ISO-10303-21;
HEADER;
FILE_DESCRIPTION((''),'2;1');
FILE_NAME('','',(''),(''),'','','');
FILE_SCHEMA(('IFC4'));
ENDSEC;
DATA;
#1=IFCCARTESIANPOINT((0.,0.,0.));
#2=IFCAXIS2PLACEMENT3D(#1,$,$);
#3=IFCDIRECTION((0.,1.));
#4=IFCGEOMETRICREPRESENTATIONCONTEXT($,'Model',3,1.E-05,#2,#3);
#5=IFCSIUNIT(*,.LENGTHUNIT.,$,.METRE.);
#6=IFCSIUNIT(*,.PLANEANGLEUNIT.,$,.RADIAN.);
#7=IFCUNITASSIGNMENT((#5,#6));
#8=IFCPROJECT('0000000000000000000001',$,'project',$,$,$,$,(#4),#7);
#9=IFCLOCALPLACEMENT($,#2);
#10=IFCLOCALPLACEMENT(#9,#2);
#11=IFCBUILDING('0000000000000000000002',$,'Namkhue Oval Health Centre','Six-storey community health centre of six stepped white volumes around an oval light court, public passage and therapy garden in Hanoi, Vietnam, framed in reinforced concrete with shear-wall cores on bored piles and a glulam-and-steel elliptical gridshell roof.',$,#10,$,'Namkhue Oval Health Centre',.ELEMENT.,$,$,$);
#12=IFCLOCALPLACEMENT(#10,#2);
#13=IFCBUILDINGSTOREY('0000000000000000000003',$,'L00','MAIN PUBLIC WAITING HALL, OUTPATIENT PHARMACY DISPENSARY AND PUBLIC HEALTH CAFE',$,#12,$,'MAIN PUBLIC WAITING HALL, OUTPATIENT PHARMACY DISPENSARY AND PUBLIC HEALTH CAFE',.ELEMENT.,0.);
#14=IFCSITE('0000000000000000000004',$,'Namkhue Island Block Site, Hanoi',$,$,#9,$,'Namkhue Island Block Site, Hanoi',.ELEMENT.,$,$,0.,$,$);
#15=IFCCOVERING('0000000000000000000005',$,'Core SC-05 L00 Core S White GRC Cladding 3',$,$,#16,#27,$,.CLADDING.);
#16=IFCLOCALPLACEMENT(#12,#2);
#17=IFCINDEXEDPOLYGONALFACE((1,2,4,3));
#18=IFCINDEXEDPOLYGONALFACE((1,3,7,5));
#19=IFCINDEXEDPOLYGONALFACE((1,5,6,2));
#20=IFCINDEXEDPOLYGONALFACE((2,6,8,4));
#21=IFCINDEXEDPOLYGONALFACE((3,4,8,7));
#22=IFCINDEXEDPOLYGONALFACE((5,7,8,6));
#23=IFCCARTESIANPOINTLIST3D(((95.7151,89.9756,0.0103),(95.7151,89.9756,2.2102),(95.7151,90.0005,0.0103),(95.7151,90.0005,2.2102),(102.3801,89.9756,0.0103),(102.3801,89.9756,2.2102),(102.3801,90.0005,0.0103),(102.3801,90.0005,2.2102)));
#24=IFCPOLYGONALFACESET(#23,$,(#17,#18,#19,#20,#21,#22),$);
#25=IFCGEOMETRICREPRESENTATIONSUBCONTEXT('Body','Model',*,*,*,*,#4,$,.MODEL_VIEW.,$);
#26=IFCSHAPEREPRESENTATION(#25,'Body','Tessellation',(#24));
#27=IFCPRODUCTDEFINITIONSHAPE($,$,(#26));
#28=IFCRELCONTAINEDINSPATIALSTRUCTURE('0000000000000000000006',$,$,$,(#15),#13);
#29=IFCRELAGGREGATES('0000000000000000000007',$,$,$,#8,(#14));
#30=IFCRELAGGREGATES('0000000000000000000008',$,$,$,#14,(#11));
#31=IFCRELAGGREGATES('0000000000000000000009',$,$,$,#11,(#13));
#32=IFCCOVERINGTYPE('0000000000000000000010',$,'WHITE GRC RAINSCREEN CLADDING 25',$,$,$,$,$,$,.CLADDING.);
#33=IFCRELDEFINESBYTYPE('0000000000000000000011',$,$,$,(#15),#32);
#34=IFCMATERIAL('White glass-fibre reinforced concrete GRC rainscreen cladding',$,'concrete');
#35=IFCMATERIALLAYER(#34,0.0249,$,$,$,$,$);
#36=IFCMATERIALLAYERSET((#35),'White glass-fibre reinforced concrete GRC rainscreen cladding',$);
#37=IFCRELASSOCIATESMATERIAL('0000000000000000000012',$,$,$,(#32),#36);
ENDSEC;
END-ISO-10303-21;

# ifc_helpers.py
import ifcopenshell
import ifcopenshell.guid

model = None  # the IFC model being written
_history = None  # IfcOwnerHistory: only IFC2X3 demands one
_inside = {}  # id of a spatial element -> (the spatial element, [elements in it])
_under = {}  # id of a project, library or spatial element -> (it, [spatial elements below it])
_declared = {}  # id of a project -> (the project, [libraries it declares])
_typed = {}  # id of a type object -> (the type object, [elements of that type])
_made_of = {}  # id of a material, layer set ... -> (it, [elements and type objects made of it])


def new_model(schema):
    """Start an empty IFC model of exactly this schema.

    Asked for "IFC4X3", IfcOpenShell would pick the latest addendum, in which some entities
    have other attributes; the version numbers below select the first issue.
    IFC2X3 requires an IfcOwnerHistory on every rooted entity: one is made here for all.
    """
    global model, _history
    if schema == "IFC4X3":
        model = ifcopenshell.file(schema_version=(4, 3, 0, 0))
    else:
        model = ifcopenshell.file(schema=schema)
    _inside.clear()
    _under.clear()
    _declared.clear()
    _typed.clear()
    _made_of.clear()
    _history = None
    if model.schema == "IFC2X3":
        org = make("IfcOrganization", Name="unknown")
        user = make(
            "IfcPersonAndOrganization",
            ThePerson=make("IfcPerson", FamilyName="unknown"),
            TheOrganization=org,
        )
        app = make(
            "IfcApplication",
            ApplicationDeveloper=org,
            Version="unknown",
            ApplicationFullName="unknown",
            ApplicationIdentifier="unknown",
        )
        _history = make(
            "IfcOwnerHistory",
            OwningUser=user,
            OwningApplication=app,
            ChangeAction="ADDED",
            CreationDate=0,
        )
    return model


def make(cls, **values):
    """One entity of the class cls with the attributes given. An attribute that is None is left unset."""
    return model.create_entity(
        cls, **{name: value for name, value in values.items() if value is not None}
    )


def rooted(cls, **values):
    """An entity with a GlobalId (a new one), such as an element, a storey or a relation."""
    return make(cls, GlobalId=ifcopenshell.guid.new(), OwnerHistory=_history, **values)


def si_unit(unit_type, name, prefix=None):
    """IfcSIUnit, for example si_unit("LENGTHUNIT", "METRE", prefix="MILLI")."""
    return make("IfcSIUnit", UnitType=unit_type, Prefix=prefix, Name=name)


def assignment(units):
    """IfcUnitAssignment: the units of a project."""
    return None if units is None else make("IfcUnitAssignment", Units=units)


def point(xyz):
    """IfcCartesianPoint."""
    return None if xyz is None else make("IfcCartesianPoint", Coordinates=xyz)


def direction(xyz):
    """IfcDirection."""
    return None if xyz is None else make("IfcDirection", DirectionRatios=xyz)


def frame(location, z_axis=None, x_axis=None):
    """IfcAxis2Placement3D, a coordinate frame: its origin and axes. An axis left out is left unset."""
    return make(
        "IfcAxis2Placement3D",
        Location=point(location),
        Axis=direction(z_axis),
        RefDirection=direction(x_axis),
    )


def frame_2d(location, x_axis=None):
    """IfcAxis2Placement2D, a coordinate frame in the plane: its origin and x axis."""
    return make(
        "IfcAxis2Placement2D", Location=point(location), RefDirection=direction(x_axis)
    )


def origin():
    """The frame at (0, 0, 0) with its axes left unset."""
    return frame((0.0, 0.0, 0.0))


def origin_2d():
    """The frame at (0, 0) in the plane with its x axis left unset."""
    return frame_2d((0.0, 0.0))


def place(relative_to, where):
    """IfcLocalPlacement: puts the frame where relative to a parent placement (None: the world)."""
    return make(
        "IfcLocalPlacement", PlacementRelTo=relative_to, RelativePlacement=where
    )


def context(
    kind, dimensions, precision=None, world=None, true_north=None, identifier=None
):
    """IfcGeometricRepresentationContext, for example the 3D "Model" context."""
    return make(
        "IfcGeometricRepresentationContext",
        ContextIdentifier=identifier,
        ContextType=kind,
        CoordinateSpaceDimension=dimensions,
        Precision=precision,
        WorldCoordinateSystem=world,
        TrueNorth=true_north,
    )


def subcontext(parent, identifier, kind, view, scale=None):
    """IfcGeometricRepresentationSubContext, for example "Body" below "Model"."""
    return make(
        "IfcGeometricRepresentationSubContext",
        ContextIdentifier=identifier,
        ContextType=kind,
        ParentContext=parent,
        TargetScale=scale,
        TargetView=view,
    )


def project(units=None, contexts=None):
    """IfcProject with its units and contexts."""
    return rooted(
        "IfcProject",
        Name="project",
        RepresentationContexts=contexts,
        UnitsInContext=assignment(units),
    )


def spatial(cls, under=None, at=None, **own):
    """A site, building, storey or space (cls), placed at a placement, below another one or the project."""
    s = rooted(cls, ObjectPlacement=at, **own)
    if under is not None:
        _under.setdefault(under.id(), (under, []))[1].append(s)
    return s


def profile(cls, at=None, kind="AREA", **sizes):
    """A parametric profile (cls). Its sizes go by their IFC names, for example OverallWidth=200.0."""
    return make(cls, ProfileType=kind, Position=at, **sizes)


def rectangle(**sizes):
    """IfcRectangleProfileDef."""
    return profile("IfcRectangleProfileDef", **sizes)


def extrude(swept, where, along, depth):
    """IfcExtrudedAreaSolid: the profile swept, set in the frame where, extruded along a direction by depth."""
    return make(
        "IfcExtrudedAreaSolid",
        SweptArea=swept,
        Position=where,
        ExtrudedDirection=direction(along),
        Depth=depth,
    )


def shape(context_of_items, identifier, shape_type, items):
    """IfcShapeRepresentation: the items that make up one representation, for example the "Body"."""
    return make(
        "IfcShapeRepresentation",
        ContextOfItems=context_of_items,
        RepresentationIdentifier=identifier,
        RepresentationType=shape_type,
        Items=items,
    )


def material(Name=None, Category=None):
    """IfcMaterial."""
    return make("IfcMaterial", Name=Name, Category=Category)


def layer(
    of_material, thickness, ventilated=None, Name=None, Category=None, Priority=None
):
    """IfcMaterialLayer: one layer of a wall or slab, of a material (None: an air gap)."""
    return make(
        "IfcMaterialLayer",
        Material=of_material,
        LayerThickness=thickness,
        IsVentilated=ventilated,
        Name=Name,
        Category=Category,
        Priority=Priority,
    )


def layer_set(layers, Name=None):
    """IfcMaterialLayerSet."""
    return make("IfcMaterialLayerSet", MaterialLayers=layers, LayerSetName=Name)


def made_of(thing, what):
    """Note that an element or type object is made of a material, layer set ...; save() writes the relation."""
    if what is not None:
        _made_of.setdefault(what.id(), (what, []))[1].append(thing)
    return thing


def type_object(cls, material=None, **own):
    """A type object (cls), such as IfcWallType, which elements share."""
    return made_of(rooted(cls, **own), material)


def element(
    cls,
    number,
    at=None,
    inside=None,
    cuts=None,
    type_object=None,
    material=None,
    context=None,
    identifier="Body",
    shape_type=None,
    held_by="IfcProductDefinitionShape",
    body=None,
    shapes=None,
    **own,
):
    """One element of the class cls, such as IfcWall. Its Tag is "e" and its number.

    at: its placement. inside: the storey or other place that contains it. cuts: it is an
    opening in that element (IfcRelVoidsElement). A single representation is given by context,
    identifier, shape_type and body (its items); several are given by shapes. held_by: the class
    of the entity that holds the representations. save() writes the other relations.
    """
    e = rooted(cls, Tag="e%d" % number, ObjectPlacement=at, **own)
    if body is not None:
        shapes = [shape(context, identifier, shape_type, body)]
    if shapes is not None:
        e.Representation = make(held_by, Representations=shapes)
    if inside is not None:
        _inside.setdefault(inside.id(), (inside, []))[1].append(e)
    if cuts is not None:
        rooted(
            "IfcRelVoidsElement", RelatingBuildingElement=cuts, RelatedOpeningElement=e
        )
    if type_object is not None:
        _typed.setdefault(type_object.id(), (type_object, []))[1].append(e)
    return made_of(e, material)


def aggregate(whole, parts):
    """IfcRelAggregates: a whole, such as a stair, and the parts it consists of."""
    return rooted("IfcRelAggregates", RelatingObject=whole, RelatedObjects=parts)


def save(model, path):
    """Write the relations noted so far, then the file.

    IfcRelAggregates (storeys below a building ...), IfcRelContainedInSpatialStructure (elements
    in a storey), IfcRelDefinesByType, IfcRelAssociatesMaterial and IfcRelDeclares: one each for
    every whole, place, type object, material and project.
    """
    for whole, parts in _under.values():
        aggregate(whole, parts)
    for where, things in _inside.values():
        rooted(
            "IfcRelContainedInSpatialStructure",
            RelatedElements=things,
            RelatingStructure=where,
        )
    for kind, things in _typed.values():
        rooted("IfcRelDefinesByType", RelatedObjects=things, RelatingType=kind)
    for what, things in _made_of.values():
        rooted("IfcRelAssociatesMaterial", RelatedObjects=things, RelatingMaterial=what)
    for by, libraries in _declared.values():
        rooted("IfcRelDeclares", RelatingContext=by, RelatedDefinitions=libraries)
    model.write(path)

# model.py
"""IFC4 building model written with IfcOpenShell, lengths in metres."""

from ifc_helpers import new_model, si_unit, direction, frame, origin, origin_2d, place, context, subcontext, project, spatial, rectangle, extrude, material, layer, layer_set, type_object, element, save


model = new_model("IFC4")

# Units and contexts
model_context = context("Model", 3, precision=1e-05, world=origin(), true_north=direction((0.0, 1.0)))
body_context = subcontext(model_context, "Body", "Model", "MODEL_VIEW")
ifc_project = project(units=[si_unit("LENGTHUNIT", "METRE"), si_unit("PLANEANGLEUNIT", "RADIAN")], contexts=[model_context])

# Site, building, storey
site_placement = place(None, origin())
site = spatial("IfcSite", under=ifc_project, at=site_placement, Name="Namkhue Island Block Site, Hanoi", LongName="Namkhue Island Block Site, Hanoi", CompositionType="ELEMENT", RefElevation=0.0)
building_placement = place(site_placement, origin())
building = spatial("IfcBuilding", under=site, at=building_placement, Name="Namkhue Oval Health Centre", Description="Six-storey community health centre of six stepped white volumes around an oval light court, public passage and therapy garden in Hanoi, Vietnam, framed in reinforced concrete with shear-wall cores on bored piles and a glulam-and-steel elliptical gridshell roof.", LongName="Namkhue Oval Health Centre", CompositionType="ELEMENT")
storey_placement = place(building_placement, origin())
storey = spatial("IfcBuildingStorey", under=building, at=storey_placement, Name="L00", Description="MAIN PUBLIC WAITING HALL, OUTPATIENT PHARMACY DISPENSARY AND PUBLIC HEALTH CAFE", LongName="MAIN PUBLIC WAITING HALL, OUTPATIENT PHARMACY DISPENSARY AND PUBLIC HEALTH CAFE", CompositionType="ELEMENT", Elevation=0.0)

# Covering
ifc_material_1 = material(Name="White glass-fibre reinforced concrete GRC rainscreen cladding", Category="concrete")
ifc_layer_1 = layer(ifc_material_1, 0.0249)
ifc_layer_set_1 = layer_set([ifc_layer_1], Name="White glass-fibre reinforced concrete GRC rainscreen cladding")
covering_type = type_object("IfcCoveringType", Name="WHITE GRC RAINSCREEN CLADDING 25", PredefinedType="CLADDING", material=ifc_layer_set_1)
covering_placement = place(storey_placement, frame((99.0476, 89.988, 0.0103), z_axis=(0.0, 0.0, 1.0), x_axis=(1.0, 0.0, 0.0)))
element("IfcCovering", 1, at=covering_placement, inside=storey, type_object=covering_type, Name="Core SC-05 L00 Core S White GRC Cladding 3", PredefinedType="CLADDING", context=body_context, shape_type="SweptSolid", body=[
    extrude(rectangle(XDim=6.665, YDim=0.0249, at=origin_2d()), origin(), (0.0, 0.0, 1.0), 2.2),
])

save(model, "model.ifc")
